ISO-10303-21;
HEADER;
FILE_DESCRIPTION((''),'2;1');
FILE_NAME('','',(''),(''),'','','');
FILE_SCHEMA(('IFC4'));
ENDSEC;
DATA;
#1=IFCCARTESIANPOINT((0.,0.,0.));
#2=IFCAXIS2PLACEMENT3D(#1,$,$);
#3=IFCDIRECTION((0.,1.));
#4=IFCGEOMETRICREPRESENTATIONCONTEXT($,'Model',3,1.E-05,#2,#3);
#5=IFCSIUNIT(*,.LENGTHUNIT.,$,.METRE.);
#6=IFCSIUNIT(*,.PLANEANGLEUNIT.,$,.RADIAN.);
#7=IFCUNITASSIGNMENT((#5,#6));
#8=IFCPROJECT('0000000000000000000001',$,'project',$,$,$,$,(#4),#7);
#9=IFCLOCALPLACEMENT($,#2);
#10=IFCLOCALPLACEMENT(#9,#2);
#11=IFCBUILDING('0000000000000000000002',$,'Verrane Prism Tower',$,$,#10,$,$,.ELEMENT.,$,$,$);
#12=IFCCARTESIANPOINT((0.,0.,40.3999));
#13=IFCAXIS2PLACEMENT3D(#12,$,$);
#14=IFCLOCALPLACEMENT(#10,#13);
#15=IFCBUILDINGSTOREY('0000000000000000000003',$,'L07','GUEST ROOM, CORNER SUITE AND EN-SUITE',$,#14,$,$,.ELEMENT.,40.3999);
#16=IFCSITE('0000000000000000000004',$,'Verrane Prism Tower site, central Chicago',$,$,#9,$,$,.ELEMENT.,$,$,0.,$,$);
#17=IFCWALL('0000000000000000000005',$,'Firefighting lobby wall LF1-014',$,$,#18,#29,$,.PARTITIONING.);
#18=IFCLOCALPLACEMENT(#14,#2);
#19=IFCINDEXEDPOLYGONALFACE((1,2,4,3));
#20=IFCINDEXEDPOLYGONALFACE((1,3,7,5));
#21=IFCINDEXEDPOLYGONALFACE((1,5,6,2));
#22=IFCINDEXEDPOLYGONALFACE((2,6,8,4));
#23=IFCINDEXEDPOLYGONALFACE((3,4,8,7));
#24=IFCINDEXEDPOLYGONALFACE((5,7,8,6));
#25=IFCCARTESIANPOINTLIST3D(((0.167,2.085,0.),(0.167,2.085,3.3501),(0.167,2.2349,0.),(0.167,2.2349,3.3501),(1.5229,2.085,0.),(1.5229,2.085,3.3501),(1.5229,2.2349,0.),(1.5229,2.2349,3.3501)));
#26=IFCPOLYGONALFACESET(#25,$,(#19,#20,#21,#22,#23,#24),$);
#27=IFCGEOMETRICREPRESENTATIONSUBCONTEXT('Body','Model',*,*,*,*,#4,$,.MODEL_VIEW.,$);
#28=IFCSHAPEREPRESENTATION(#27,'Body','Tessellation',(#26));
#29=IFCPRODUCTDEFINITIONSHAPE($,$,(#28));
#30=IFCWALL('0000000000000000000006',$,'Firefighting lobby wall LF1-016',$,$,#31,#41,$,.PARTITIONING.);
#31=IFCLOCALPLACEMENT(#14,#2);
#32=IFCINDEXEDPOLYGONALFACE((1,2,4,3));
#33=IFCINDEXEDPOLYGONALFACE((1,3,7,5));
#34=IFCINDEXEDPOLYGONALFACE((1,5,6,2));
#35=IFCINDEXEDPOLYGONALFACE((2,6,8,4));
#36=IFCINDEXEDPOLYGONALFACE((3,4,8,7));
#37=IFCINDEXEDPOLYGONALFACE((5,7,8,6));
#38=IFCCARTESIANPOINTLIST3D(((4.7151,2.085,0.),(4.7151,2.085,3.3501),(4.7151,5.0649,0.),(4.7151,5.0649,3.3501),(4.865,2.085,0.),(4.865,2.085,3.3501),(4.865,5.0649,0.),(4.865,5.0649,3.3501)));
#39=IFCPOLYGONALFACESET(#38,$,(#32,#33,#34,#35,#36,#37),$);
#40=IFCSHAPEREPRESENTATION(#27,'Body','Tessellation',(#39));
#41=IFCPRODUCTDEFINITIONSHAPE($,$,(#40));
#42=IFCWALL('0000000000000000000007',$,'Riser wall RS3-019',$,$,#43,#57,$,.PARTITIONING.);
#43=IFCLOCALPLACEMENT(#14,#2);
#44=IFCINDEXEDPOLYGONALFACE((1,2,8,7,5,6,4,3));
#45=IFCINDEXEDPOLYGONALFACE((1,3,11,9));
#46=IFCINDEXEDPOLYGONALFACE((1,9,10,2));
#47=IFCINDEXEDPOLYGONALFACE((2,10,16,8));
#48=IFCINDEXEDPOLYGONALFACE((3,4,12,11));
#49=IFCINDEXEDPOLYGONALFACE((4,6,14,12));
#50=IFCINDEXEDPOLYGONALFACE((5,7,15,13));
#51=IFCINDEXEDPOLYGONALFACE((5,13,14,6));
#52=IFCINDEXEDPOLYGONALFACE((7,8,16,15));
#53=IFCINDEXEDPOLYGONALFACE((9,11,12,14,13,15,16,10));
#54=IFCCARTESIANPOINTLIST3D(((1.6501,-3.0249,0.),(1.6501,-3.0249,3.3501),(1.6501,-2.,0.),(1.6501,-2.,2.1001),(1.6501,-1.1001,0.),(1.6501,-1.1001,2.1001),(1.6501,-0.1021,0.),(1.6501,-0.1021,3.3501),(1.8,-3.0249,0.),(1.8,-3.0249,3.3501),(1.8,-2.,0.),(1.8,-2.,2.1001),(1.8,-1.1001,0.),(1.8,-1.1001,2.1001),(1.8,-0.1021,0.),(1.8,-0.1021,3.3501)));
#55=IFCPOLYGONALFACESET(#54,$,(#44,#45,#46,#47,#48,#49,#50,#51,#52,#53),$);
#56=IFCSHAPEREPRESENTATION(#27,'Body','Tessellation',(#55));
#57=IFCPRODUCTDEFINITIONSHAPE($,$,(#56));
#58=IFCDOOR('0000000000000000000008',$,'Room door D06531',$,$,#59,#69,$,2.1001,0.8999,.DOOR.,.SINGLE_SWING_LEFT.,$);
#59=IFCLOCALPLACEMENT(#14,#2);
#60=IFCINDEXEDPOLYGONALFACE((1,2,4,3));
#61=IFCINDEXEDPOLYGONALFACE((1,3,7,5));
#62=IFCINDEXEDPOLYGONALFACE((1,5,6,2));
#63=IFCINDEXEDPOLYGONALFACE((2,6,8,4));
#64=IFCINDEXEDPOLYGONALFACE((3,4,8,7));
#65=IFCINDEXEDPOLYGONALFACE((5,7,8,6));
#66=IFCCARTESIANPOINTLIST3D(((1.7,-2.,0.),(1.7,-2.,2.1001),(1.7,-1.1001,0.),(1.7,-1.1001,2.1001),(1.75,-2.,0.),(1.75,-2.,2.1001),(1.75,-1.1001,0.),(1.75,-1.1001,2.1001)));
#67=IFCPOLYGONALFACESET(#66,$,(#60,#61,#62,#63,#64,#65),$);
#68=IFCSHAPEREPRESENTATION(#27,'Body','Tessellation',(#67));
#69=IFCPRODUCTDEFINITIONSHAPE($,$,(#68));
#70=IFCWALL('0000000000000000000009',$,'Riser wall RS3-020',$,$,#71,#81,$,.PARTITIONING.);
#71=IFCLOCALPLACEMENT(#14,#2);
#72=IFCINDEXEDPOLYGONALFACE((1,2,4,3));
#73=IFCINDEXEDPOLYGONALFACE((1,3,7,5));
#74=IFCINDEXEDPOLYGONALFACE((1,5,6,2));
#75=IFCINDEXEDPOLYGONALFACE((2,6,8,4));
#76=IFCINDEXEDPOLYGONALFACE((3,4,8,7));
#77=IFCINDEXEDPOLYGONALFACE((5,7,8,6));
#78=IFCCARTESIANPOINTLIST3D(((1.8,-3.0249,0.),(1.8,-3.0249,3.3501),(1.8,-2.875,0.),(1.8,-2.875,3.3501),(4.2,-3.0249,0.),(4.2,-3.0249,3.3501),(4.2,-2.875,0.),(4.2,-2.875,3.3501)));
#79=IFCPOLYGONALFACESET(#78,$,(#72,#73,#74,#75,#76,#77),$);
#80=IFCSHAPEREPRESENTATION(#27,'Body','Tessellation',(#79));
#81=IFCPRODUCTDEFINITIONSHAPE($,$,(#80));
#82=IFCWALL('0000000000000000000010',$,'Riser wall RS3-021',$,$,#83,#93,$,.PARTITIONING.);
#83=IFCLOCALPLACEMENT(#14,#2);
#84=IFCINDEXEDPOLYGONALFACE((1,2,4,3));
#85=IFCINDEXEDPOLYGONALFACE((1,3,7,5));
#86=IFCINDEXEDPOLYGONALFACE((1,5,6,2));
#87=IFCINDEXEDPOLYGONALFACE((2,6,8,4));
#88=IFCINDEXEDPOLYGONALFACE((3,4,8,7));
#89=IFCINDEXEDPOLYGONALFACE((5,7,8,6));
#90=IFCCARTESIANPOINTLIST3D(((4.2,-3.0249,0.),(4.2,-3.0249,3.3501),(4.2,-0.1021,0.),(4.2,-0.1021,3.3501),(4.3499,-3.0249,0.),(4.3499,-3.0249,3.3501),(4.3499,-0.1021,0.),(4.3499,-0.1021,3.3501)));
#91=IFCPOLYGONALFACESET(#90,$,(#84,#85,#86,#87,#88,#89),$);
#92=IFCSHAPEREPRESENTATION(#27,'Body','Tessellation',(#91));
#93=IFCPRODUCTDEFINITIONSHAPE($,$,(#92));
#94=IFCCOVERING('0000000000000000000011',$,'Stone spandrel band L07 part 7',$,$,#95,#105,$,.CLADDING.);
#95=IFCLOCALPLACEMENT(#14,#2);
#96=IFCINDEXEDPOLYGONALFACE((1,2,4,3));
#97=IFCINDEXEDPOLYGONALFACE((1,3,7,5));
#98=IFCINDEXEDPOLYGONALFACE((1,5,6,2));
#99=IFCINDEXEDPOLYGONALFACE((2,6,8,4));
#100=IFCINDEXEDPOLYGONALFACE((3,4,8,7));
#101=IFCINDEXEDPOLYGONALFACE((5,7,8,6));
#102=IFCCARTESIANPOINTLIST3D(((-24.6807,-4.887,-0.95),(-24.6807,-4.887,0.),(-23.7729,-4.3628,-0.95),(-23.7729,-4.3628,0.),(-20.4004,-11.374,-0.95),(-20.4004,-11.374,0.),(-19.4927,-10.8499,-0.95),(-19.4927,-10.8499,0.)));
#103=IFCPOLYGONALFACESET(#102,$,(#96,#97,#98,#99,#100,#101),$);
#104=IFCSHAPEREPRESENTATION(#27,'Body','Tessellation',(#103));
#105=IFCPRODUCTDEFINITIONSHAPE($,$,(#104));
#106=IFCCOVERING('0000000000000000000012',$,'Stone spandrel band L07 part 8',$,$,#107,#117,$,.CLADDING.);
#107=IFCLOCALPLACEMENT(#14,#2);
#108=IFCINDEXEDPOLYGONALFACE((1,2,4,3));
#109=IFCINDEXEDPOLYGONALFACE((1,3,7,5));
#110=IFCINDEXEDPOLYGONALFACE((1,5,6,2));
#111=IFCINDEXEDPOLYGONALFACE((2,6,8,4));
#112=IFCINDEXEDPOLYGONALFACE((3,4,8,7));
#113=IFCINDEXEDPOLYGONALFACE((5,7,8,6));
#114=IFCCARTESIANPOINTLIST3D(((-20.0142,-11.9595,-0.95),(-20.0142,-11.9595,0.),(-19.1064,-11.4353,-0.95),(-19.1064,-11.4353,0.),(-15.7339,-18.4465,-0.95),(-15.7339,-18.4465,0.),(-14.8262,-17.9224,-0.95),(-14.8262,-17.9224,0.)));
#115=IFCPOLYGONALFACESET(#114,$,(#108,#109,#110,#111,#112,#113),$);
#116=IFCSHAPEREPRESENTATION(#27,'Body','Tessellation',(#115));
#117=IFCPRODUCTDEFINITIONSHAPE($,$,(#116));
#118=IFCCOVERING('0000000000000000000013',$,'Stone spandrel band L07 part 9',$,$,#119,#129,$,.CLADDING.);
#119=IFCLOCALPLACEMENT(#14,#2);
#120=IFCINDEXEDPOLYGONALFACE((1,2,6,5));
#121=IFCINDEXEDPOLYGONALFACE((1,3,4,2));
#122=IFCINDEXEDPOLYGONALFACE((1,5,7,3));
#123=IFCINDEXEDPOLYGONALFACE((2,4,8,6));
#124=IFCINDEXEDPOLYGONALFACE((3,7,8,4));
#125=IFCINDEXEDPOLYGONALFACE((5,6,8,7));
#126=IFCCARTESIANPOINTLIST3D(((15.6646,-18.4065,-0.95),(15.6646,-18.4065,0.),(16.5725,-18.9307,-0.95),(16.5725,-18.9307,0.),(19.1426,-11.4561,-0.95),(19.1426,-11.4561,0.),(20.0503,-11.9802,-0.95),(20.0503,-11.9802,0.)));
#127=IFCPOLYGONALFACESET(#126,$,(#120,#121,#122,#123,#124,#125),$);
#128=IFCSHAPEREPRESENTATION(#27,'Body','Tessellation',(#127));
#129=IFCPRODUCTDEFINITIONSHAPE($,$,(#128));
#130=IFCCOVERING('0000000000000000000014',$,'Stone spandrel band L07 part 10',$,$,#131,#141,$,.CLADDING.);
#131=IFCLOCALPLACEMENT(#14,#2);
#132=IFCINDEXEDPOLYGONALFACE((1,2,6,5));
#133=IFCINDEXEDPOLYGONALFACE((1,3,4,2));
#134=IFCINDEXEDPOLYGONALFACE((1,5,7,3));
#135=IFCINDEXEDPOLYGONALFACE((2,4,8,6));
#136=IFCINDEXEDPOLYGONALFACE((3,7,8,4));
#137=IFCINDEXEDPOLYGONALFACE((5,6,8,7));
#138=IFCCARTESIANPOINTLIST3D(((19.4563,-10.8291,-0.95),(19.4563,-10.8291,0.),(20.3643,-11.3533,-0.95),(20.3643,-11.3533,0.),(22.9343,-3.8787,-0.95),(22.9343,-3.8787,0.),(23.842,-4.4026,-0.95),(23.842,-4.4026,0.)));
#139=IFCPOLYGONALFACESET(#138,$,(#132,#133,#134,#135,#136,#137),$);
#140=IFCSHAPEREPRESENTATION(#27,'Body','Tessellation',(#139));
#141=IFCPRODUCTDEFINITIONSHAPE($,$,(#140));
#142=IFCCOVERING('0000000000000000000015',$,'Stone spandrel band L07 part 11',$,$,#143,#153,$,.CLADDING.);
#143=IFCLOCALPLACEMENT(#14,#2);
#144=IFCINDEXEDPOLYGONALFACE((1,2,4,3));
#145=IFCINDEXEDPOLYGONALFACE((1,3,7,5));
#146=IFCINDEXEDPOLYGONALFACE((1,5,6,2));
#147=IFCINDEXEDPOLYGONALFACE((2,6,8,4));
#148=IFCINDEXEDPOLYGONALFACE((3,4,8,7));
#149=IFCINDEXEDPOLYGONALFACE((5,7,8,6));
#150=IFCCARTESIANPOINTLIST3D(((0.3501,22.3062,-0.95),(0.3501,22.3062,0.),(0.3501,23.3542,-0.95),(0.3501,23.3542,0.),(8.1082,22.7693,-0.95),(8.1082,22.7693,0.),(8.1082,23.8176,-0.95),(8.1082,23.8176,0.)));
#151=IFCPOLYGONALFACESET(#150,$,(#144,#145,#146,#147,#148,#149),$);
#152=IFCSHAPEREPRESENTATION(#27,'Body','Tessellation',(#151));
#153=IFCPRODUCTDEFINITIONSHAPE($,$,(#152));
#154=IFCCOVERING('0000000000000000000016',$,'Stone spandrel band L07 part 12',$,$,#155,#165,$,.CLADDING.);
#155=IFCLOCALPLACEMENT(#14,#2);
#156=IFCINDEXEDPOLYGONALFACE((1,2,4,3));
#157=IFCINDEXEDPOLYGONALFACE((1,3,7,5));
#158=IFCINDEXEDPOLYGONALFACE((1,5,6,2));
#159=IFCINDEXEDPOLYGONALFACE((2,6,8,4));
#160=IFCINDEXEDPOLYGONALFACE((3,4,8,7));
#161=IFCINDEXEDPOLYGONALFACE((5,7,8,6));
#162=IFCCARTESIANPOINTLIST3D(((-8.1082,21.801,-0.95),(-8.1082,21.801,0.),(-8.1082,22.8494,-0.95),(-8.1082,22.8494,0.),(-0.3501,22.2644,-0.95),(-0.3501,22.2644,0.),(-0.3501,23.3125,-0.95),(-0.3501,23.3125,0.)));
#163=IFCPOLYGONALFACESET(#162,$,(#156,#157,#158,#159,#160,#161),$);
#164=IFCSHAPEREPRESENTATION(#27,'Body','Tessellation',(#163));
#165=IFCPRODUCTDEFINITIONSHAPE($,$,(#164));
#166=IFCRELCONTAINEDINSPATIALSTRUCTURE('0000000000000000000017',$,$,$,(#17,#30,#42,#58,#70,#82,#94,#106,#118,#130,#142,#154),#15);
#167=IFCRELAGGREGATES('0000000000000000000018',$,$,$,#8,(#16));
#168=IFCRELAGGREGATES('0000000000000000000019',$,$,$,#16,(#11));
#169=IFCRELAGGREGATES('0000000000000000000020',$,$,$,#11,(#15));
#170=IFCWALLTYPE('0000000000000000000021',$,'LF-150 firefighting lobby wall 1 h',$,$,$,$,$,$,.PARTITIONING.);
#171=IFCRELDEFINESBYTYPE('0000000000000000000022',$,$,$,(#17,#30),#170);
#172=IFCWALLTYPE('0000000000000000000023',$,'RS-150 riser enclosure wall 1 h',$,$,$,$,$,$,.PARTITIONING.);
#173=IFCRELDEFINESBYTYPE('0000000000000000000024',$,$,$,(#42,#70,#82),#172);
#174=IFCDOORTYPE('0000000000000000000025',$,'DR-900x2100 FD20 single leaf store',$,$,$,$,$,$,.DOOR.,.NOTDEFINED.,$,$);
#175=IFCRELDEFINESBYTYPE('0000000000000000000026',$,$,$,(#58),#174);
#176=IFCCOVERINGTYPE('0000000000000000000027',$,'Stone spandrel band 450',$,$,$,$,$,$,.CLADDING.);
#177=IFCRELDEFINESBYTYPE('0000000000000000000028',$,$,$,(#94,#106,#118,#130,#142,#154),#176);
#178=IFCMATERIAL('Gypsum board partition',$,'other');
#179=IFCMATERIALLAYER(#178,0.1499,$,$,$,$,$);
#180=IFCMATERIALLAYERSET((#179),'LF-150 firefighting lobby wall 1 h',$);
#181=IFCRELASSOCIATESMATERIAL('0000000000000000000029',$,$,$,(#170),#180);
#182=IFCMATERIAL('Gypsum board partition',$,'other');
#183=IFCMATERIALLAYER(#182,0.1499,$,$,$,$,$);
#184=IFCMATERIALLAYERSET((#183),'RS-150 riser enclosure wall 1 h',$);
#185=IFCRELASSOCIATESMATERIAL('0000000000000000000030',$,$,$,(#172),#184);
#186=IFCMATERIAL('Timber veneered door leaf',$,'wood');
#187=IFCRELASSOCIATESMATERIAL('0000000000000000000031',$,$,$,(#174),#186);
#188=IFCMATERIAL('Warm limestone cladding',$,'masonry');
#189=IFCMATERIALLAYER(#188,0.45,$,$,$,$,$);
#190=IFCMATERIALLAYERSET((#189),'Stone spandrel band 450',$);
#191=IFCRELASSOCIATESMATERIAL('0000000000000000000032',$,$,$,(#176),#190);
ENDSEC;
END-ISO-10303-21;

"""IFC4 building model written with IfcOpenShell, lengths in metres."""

from ifc_helpers import new_model, si_unit, direction, frame, frame_2d, origin, place, context, subcontext, project, spatial, polyline, rectangle, outline, extrude, material, layer, layer_set, type_object, element, fill, save


model = new_model("IFC4")

# Units and contexts
model_context = context("Model", 3, precision=1e-05, world=origin(), true_north=direction((0.0, 1.0)))
body_context = subcontext(model_context, "Body", "Model", "MODEL_VIEW")
ifc_project = project(units=[si_unit("LENGTHUNIT", "METRE"), si_unit("PLANEANGLEUNIT", "RADIAN")], contexts=[model_context])

# Site, building, storey
site_placement = place(None, origin())
site = spatial("IfcSite", under=ifc_project, at=site_placement, Name="Verrane Prism Tower site, central Chicago", CompositionType="ELEMENT", RefElevation=0.0)
building_placement = place(site_placement, origin())
building = spatial("IfcBuilding", under=site, at=building_placement, Name="Verrane Prism Tower", CompositionType="ELEMENT")
storey_placement = place(building_placement, frame((0.0, 0.0, 40.3999)))
storey = spatial("IfcBuildingStorey", under=building, at=storey_placement, Name="L07", Description="GUEST ROOM, CORNER SUITE AND EN-SUITE", CompositionType="ELEMENT", Elevation=40.3999)

# Walls
ifc_material_1 = material(Name="Gypsum board partition", Category="other")
ifc_layer_1 = layer(ifc_material_1, 0.1499)
ifc_layer_set_1 = layer_set([ifc_layer_1], Name="LF-150 firefighting lobby wall 1 h")
wall_type_1 = type_object("IfcWallType", Name="LF-150 firefighting lobby wall 1 h", PredefinedType="PARTITIONING", material=ifc_layer_set_1)
wall_1_placement = place(storey_placement, frame((0.167, 2.1599, 0.0), z_axis=(0.0, 0.0, 1.0), x_axis=(1.0, 0.0, 0.0)))
element("IfcWall", 1, at=wall_1_placement, inside=storey, type_object=wall_type_1, Name="Firefighting lobby wall LF1-014", PredefinedType="PARTITIONING", context=body_context, shape_type="SweptSolid", body=[
    extrude(rectangle(XDim=1.356, YDim=0.1499, at=frame_2d((0.678, 0.0))), origin(), (0.0, 0.0, 1.0), 3.3501),
])
wall_2_placement = place(storey_placement, frame((4.79, 2.085, 0.0), z_axis=(0.0, 0.0, 1.0), x_axis=(0.0, 1.0, 0.0)))
element("IfcWall", 2, at=wall_2_placement, inside=storey, type_object=wall_type_1, Name="Firefighting lobby wall LF1-016", PredefinedType="PARTITIONING", context=body_context, shape_type="SweptSolid", body=[
    extrude(rectangle(XDim=2.98, YDim=0.1499, at=frame_2d((1.49, 0.0))), origin(), (0.0, 0.0, 1.0), 3.3501),
])

# Wall, opening, door
ifc_material_2 = material(Name="Gypsum board partition", Category="other")
ifc_layer_2 = layer(ifc_material_2, 0.1499)
ifc_layer_set_2 = layer_set([ifc_layer_2], Name="RS-150 riser enclosure wall 1 h")
wall_type_2 = type_object("IfcWallType", Name="RS-150 riser enclosure wall 1 h", PredefinedType="PARTITIONING", material=ifc_layer_set_2)
wall_3_placement = place(storey_placement, frame((1.7251, -0.1021, 0.0), z_axis=(0.0, 0.0, 1.0), x_axis=(0.0, -1.0, 0.0)))
wall_3 = element("IfcWall", 3, at=wall_3_placement, inside=storey, type_object=wall_type_2, Name="Riser wall RS3-019", PredefinedType="PARTITIONING", context=body_context, shape_type="SweptSolid", body=[
    extrude(rectangle(XDim=2.9229, YDim=0.1499, at=frame_2d((1.4614, 0.0))), origin(), (0.0, 0.0, 1.0), 3.3501),
])
opening_1_placement = place(wall_3_placement, frame((0.998, 0.0, 0.0)))
opening_1 = element("IfcOpeningElement", 4, at=opening_1_placement, cuts=wall_3, PredefinedType="OPENING", context=body_context, shape_type="SweptSolid", body=[
    extrude(rectangle(XDim=0.8999, YDim=2.1001, at=frame_2d((0.45, 1.05))), frame((0.0, 0.085, 0.0), z_axis=(0.0, -1.0, 0.0), x_axis=(1.0, 0.0, 0.0)), (0.0, 0.0, 1.0), 0.1699),
])
ifc_material_3 = material(Name="Timber veneered door leaf", Category="wood")
door_type_1 = type_object("IfcDoorType", Name="DR-900x2100 FD20 single leaf store", OperationType="NOTDEFINED", PredefinedType="DOOR", material=ifc_material_3)
door_1_placement = place(opening_1_placement, origin())
door_1 = element("IfcDoor", 5, at=door_1_placement, inside=storey, type_object=door_type_1, Name="Room door D06531", OperationType="SINGLE_SWING_LEFT", OverallHeight=2.1001, OverallWidth=0.8999, PredefinedType="DOOR", context=body_context, shape_type="SweptSolid", body=[
    extrude(rectangle(XDim=0.8999, YDim=2.1001, at=frame_2d((0.45, 1.05))), frame((0.0, 0.0249, 0.0), z_axis=(0.0, -1.0, 0.0), x_axis=(1.0, 0.0, 0.0)), (0.0, 0.0, 1.0), 0.05),
])
fill(opening_1, door_1)

# Walls
wall_4_placement = place(storey_placement, frame((1.8, -2.95, 0.0), z_axis=(0.0, 0.0, 1.0), x_axis=(1.0, 0.0, 0.0)))
element("IfcWall", 6, at=wall_4_placement, inside=storey, type_object=wall_type_2, Name="Riser wall RS3-020", PredefinedType="PARTITIONING", context=body_context, shape_type="SweptSolid", body=[
    extrude(rectangle(XDim=2.3999, YDim=0.1499, at=frame_2d((1.2, 0.0))), origin(), (0.0, 0.0, 1.0), 3.3501),
])
wall_5_placement = place(storey_placement, frame((4.2749, -3.0249, 0.0), z_axis=(0.0, 0.0, 1.0), x_axis=(0.0, 1.0, 0.0)))
element("IfcWall", 7, at=wall_5_placement, inside=storey, type_object=wall_type_2, Name="Riser wall RS3-021", PredefinedType="PARTITIONING", context=body_context, shape_type="SweptSolid", body=[
    extrude(rectangle(XDim=2.9229, YDim=0.1499, at=frame_2d((1.4614, 0.0))), origin(), (0.0, 0.0, 1.0), 3.3501),
])

# Coverings
ifc_material_4 = material(Name="Warm limestone cladding", Category="masonry")
ifc_layer_3 = layer(ifc_material_4, 0.45)
ifc_layer_set_3 = layer_set([ifc_layer_3], Name="Stone spandrel band 450")
covering_type = type_object("IfcCoveringType", Name="Stone spandrel band 450", PredefinedType="CLADDING", material=ifc_layer_set_3)
covering_1_placement = place(storey_placement, frame((0.0, 0.0, -0.95)))
element("IfcCovering", 8, at=covering_1_placement, inside=storey, type_object=covering_type, Name="Stone spandrel band L07 part 7", PredefinedType="CLADDING", context=body_context, shape_type="SweptSolid", body=[
    extrude(outline(polyline([(-19.4927, -10.8499), (-23.7729, -4.3628), (-24.6807, -4.887), (-20.4004, -11.374), (-19.4927, -10.8499)])), origin(), (0.0, 0.0, 1.0), 0.95),
])
covering_2_placement = place(storey_placement, frame((0.0, 0.0, -0.95)))
element("IfcCovering", 9, at=covering_2_placement, inside=storey, type_object=covering_type, Name="Stone spandrel band L07 part 8", PredefinedType="CLADDING", context=body_context, shape_type="SweptSolid", body=[
    extrude(outline(polyline([(-14.8262, -17.9224), (-19.1064, -11.4353), (-20.0142, -11.9595), (-15.7339, -18.4465), (-14.8262, -17.9224)])), origin(), (0.0, 0.0, 1.0), 0.95),
])
covering_3_placement = place(storey_placement, frame((0.0, 0.0, -0.95)))
element("IfcCovering", 10, at=covering_3_placement, inside=storey, type_object=covering_type, Name="Stone spandrel band L07 part 9", PredefinedType="CLADDING", context=body_context, shape_type="SweptSolid", body=[
    extrude(outline(polyline([(20.0503, -11.9802), (19.1426, -11.4561), (15.6646, -18.4065), (16.5725, -18.9307), (20.0503, -11.9802)])), origin(), (0.0, 0.0, 1.0), 0.95),
])
covering_4_placement = place(storey_placement, frame((0.0, 0.0, -0.95)))
element("IfcCovering", 11, at=covering_4_placement, inside=storey, type_object=covering_type, Name="Stone spandrel band L07 part 10", PredefinedType="CLADDING", context=body_context, shape_type="SweptSolid", body=[
    extrude(outline(polyline([(22.9343, -3.8787), (19.4563, -10.8291), (20.3643, -11.3533), (23.842, -4.4026), (22.9343, -3.8787)])), origin(), (0.0, 0.0, 1.0), 0.95),
])
covering_5_placement = place(storey_placement, frame((0.0, 0.0, -0.95)))
element("IfcCovering", 12, at=covering_5_placement, inside=storey, type_object=covering_type, Name="Stone spandrel band L07 part 11", PredefinedType="CLADDING", context=body_context, shape_type="SweptSolid", body=[
    extrude(outline(polyline([(0.3501, 22.3062), (8.1082, 22.7693), (8.1082, 23.8176), (0.3501, 23.3542), (0.3501, 22.3062)])), origin(), (0.0, 0.0, 1.0), 0.95),
])
covering_6_placement = place(storey_placement, frame((0.0, 0.0, -0.95)))
element("IfcCovering", 13, at=covering_6_placement, inside=storey, type_object=covering_type, Name="Stone spandrel band L07 part 12", PredefinedType="CLADDING", context=body_context, shape_type="SweptSolid", body=[
    extrude(outline(polyline([(-8.1082, 22.8494), (-8.1082, 21.801), (-0.3501, 22.2644), (-0.3501, 23.3125), (-8.1082, 22.8494)])), origin(), (0.0, 0.0, 1.0), 0.95),
])

save(model, "model.ifc")
